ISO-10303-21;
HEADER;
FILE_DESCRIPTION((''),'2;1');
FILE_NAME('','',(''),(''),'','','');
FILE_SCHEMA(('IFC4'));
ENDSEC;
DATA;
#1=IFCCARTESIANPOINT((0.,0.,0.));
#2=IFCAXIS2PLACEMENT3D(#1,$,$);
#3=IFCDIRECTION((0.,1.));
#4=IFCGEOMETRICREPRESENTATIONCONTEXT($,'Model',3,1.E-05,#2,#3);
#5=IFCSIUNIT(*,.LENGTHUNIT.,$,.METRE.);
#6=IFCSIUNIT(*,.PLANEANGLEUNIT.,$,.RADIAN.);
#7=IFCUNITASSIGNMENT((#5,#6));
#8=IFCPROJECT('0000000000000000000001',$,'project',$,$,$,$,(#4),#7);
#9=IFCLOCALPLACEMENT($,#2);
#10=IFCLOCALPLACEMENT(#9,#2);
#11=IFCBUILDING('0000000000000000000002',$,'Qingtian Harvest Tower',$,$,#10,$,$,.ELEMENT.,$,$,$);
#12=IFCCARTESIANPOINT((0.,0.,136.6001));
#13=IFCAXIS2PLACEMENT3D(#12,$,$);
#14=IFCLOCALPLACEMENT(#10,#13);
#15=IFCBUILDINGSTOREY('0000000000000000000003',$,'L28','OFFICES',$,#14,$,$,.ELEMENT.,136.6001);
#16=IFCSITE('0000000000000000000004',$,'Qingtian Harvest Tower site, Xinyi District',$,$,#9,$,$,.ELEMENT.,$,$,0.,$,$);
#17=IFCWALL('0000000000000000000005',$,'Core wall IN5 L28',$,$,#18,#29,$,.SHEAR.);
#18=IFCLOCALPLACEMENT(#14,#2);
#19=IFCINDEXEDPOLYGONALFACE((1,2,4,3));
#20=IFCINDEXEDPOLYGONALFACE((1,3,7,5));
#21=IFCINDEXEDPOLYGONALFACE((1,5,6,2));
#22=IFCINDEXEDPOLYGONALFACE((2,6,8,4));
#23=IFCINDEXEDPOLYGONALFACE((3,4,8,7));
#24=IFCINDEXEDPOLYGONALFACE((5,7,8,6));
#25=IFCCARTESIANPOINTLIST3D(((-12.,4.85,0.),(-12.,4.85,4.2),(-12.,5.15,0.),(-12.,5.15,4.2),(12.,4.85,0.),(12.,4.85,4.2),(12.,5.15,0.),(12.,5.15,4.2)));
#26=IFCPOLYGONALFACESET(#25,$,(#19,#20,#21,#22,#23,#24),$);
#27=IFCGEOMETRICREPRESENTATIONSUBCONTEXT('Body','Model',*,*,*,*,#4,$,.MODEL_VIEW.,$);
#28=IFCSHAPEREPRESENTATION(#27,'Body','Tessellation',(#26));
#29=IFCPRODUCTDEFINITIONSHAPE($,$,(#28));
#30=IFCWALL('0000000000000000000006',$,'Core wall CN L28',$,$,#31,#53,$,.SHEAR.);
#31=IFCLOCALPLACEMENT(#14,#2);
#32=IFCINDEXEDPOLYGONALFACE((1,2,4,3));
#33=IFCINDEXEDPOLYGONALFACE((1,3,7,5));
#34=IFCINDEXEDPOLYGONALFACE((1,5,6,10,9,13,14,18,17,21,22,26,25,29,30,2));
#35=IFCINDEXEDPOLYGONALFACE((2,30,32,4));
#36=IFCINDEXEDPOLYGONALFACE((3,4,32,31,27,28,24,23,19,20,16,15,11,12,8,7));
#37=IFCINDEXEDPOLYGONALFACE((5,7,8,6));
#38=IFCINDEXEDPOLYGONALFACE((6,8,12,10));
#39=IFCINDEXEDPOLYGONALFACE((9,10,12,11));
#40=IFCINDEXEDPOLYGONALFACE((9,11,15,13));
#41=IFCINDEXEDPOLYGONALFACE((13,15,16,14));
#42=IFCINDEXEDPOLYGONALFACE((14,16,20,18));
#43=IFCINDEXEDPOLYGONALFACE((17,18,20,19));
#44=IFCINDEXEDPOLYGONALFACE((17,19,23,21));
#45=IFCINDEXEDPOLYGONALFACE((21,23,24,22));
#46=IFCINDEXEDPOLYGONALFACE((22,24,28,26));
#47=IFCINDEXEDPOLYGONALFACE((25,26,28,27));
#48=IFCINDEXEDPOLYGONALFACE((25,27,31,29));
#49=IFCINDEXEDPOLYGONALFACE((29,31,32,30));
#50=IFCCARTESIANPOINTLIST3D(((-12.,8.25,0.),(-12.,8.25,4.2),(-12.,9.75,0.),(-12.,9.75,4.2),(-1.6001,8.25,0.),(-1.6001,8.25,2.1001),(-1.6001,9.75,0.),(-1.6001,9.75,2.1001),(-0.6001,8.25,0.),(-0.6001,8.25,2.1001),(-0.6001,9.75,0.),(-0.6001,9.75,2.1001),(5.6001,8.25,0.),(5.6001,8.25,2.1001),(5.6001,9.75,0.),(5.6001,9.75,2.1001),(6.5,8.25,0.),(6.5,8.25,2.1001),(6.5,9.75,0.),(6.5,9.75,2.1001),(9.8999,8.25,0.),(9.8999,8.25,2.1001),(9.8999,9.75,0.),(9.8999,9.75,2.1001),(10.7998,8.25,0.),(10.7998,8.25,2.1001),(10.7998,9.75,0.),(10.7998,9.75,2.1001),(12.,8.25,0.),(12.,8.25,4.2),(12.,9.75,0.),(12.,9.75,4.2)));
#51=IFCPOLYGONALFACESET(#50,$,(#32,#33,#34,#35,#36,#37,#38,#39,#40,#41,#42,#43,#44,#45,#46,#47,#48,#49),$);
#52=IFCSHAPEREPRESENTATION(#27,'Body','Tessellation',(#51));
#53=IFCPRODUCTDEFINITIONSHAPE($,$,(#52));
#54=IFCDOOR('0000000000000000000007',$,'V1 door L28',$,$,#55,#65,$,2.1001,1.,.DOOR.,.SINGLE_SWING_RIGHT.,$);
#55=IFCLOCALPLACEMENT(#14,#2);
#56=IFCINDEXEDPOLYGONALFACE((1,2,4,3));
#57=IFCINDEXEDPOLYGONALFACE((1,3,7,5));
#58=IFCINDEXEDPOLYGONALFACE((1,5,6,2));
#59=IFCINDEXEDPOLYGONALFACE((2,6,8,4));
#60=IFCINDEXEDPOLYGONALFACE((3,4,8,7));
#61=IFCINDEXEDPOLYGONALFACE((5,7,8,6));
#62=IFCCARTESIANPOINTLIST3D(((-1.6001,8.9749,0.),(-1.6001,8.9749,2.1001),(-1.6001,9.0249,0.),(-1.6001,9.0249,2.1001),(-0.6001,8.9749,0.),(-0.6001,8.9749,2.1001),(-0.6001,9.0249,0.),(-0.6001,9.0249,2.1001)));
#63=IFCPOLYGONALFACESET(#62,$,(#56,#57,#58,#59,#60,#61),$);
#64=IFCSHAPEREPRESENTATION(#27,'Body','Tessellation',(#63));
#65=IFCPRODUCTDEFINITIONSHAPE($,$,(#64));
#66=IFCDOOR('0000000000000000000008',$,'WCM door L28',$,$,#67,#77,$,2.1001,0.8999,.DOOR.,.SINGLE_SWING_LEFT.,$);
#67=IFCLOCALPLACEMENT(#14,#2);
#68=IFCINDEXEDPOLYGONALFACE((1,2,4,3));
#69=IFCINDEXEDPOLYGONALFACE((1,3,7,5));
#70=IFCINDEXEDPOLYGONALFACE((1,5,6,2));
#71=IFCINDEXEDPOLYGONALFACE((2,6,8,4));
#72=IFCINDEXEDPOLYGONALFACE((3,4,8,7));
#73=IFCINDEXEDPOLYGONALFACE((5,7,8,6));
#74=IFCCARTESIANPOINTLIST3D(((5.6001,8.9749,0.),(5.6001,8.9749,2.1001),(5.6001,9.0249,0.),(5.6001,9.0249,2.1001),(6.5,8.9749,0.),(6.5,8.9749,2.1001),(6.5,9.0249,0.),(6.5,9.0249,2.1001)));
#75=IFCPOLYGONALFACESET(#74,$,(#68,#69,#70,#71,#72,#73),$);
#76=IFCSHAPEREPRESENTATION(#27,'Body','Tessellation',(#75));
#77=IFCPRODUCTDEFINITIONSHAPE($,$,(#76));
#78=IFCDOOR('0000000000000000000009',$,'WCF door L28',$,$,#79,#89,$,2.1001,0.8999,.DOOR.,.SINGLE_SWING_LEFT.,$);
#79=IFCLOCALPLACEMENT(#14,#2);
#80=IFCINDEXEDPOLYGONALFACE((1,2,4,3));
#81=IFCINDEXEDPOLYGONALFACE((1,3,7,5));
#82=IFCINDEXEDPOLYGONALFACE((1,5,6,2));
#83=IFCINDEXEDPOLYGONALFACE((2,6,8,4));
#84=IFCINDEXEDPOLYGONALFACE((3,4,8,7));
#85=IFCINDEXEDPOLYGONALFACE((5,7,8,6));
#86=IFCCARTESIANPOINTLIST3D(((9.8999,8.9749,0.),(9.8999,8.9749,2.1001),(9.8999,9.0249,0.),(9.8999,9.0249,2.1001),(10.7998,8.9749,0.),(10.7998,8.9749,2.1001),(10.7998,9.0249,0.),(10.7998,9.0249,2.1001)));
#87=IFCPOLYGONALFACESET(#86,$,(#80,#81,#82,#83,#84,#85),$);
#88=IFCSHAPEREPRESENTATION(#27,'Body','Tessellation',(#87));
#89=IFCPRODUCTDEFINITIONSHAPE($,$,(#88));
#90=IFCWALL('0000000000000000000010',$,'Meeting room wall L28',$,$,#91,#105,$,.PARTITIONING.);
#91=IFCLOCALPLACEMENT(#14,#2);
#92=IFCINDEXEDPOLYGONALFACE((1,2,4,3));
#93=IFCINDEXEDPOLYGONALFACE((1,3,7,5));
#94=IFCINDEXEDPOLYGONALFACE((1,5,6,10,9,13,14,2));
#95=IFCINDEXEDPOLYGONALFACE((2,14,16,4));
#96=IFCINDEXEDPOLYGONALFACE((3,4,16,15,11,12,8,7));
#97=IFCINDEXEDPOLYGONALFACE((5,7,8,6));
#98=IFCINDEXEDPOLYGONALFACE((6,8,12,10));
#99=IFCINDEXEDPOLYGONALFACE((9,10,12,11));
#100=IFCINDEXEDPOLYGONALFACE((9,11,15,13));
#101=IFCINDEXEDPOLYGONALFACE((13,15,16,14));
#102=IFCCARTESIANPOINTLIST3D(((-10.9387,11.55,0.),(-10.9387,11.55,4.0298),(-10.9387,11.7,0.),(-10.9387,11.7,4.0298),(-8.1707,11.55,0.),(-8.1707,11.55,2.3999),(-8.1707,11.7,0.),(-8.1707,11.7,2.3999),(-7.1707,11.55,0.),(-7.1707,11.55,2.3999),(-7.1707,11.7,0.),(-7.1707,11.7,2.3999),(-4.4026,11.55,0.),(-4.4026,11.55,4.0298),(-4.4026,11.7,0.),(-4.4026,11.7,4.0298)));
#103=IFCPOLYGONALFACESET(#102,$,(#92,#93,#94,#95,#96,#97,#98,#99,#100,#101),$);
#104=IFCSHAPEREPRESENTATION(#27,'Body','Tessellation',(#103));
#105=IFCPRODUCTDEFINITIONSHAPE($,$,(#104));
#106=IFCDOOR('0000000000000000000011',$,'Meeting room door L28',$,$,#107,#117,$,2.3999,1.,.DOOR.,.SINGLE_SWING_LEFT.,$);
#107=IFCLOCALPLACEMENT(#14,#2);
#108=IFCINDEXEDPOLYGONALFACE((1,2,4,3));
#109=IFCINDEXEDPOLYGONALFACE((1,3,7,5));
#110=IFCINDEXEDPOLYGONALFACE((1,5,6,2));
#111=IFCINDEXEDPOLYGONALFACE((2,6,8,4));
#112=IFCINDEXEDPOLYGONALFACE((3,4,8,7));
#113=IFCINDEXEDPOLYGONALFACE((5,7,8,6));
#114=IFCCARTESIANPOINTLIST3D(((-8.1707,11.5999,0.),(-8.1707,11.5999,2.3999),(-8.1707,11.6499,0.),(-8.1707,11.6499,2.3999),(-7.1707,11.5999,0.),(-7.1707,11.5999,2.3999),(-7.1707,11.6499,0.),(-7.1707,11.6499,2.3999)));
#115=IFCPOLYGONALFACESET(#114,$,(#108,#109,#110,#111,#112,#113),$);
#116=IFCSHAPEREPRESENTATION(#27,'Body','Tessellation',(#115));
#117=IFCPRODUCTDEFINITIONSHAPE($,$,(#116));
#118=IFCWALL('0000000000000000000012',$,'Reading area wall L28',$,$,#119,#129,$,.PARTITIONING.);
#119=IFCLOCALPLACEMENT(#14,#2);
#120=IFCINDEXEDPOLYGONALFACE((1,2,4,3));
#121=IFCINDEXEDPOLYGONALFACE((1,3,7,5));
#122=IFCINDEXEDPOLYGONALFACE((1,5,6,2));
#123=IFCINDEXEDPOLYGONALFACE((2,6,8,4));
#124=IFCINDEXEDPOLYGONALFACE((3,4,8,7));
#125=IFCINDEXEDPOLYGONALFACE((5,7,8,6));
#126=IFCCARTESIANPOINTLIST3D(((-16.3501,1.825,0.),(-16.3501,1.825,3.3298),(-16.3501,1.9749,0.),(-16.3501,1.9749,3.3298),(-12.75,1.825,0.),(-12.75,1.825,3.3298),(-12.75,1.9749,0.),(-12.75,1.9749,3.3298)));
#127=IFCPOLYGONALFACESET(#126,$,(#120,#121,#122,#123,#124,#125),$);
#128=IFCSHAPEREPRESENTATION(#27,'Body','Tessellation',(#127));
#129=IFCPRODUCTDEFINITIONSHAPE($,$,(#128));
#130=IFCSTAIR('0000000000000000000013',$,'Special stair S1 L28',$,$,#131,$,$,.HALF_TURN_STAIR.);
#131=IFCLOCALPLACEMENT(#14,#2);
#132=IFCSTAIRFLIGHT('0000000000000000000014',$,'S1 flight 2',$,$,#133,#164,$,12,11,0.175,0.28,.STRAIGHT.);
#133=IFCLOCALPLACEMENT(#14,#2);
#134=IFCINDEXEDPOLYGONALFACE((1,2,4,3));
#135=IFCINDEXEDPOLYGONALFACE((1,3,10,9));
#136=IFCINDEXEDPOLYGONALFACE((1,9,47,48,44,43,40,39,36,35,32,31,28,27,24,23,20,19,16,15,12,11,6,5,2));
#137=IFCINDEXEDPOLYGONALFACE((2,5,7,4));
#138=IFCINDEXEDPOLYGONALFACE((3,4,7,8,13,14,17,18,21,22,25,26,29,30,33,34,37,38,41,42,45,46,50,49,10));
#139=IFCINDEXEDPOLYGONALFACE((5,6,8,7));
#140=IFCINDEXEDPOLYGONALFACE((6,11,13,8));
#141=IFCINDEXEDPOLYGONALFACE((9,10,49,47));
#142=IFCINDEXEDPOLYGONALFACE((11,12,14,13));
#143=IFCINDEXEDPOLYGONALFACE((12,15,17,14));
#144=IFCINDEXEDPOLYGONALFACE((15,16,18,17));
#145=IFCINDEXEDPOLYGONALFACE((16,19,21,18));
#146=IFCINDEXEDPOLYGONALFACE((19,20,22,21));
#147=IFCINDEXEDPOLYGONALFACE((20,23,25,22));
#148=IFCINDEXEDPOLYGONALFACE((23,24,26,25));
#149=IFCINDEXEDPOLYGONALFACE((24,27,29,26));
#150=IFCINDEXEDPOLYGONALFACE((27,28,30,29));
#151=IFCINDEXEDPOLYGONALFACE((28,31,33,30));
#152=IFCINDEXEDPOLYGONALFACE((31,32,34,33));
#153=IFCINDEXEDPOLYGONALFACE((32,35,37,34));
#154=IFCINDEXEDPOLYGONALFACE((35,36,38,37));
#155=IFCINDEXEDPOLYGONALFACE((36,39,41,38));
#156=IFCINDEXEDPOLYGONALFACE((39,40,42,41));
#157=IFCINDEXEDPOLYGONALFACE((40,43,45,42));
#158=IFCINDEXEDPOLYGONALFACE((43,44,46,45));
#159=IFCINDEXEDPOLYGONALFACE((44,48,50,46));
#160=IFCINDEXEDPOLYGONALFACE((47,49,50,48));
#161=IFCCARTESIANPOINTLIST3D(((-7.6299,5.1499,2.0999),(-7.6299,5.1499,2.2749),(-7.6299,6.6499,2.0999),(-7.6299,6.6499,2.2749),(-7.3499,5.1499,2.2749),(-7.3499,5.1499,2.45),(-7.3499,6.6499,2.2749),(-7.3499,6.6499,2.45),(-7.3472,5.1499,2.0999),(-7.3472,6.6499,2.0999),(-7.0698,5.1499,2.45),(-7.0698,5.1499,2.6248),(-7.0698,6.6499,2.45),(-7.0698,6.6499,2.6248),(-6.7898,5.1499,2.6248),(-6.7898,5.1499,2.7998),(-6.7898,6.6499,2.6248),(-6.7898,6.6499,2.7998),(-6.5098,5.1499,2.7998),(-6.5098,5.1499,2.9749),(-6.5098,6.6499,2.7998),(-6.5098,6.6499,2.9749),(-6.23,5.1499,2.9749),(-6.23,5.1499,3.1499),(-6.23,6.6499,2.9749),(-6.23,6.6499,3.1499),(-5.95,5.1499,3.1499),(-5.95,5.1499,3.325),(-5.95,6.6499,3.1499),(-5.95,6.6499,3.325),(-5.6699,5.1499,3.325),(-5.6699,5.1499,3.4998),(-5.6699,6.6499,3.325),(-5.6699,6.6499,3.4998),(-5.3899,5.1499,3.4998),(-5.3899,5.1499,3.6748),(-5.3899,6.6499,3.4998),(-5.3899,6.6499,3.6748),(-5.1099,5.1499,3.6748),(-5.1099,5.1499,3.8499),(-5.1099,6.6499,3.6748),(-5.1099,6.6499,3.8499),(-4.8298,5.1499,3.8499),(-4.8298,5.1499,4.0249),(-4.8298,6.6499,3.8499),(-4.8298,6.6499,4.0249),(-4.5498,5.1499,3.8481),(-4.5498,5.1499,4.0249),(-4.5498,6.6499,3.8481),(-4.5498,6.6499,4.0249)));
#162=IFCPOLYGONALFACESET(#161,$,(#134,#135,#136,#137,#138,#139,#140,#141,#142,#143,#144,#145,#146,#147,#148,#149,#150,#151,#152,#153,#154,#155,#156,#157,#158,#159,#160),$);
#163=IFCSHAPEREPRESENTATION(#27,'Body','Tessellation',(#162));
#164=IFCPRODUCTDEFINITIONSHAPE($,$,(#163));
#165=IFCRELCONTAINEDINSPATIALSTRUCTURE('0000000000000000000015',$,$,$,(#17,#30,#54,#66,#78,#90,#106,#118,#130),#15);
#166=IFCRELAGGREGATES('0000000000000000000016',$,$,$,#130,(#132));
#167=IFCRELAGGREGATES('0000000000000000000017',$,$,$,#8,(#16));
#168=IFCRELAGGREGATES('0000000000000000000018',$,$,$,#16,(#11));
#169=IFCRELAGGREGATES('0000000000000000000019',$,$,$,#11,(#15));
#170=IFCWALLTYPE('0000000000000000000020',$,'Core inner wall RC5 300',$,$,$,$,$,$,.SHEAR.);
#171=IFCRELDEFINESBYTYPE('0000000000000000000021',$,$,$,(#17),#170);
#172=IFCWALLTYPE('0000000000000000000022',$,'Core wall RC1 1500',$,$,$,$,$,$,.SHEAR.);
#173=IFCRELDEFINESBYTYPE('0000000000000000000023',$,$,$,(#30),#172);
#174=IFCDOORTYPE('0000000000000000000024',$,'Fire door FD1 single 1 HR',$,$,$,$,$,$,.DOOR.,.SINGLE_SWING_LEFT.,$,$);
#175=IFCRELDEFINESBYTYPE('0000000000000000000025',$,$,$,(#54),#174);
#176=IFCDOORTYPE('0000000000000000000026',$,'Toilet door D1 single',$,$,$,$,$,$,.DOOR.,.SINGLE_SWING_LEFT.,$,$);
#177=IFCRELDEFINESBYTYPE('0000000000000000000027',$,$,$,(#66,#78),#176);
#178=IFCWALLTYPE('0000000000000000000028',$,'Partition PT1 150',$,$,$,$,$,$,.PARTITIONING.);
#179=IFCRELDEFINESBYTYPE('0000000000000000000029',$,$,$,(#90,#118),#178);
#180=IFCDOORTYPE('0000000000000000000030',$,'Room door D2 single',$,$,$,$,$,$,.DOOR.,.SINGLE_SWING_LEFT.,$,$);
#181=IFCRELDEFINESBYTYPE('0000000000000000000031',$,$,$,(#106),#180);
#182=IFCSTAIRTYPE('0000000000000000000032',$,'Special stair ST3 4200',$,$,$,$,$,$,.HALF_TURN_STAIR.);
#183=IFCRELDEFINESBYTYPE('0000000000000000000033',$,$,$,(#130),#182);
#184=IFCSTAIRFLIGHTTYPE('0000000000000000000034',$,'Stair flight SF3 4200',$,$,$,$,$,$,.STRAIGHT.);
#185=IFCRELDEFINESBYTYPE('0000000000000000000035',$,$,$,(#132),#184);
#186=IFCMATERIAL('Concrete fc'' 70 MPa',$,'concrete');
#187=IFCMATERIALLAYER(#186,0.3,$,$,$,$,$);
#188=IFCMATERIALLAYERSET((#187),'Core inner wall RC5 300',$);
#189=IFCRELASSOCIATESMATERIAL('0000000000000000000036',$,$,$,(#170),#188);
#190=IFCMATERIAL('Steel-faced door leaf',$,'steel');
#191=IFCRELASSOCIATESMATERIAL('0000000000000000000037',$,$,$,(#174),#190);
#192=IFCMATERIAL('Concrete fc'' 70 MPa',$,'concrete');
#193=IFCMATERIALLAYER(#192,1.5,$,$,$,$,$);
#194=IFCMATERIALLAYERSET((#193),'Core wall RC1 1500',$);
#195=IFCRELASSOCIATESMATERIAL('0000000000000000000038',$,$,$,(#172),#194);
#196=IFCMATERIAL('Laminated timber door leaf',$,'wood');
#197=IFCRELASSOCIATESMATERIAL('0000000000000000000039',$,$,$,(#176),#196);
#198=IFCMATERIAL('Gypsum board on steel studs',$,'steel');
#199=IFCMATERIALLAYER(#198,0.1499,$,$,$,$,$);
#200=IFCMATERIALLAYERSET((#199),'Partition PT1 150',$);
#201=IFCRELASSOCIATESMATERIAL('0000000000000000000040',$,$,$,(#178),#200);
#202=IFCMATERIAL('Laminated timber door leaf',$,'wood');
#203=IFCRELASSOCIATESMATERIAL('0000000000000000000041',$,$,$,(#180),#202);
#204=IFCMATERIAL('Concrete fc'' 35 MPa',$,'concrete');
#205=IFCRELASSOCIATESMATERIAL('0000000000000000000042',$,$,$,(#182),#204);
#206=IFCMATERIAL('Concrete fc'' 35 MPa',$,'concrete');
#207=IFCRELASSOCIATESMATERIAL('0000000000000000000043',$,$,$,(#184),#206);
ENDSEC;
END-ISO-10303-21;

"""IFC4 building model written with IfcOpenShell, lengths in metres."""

from ifc_helpers import new_model, si_unit, direction, frame, frame_2d, origin, place, context, subcontext, project, spatial, polyline, rectangle, outline, extrude, material, layer, layer_set, type_object, element, fill, aggregate, save


model = new_model("IFC4")

# Units and contexts
model_context = context("Model", 3, precision=1e-05, world=origin(), true_north=direction((0.0, 1.0)))
body_context = subcontext(model_context, "Body", "Model", "MODEL_VIEW")
ifc_project = project(units=[si_unit("LENGTHUNIT", "METRE"), si_unit("PLANEANGLEUNIT", "RADIAN")], contexts=[model_context])

# Site, building, storey
site_placement = place(None, origin())
site = spatial("IfcSite", under=ifc_project, at=site_placement, Name="Qingtian Harvest Tower site, Xinyi District", CompositionType="ELEMENT", RefElevation=0.0)
building_placement = place(site_placement, origin())
building = spatial("IfcBuilding", under=site, at=building_placement, Name="Qingtian Harvest Tower", CompositionType="ELEMENT")
storey_placement = place(building_placement, frame((0.0, 0.0, 136.6001)))
storey = spatial("IfcBuildingStorey", under=building, at=storey_placement, Name="L28", Description="OFFICES", CompositionType="ELEMENT", Elevation=136.6001)

# Wall
ifc_material_1 = material(Name="Concrete fc' 70 MPa", Category="concrete")
ifc_layer_1 = layer(ifc_material_1, 0.3)
ifc_layer_set_1 = layer_set([ifc_layer_1], Name="Core inner wall RC5 300")
wall_type_1 = type_object("IfcWallType", Name="Core inner wall RC5 300", PredefinedType="SHEAR", material=ifc_layer_set_1)
wall_1_placement = place(storey_placement, frame((-12.0, 5.0, 0.0), z_axis=(0.0, 0.0, 1.0), x_axis=(1.0, 0.0, 0.0)))
element("IfcWall", 1, at=wall_1_placement, inside=storey, type_object=wall_type_1, Name="Core wall IN5 L28", PredefinedType="SHEAR", context=body_context, shape_type="SweptSolid", body=[
    extrude(rectangle(XDim=24.0, YDim=0.3, at=frame_2d((12.0, 0.0))), origin(), (0.0, 0.0, 1.0), 4.2),
])

# Wall, openings, doors
ifc_material_2 = material(Name="Steel-faced door leaf", Category="steel")
door_type_1 = type_object("IfcDoorType", Name="Fire door FD1 single 1 HR", OperationType="SINGLE_SWING_LEFT", PredefinedType="DOOR", material=ifc_material_2)
ifc_material_3 = material(Name="Concrete fc' 70 MPa", Category="concrete")
ifc_layer_2 = layer(ifc_material_3, 1.5)
ifc_layer_set_2 = layer_set([ifc_layer_2], Name="Core wall RC1 1500")
wall_type_2 = type_object("IfcWallType", Name="Core wall RC1 1500", PredefinedType="SHEAR", material=ifc_layer_set_2)
wall_2_placement = place(storey_placement, frame((-12.0, 9.0, 0.0), z_axis=(0.0, 0.0, 1.0), x_axis=(1.0, 0.0, 0.0)))
wall_2 = element("IfcWall", 2, at=wall_2_placement, inside=storey, type_object=wall_type_2, Name="Core wall CN L28", PredefinedType="SHEAR", context=body_context, shape_type="SweptSolid", body=[
    extrude(rectangle(XDim=24.0, YDim=1.5, at=frame_2d((12.0, 0.0))), origin(), (0.0, 0.0, 1.0), 4.2),
])
opening_1_placement = place(wall_2_placement, frame((10.3999, 0.0, 0.0)))
opening_1 = element("IfcOpeningElement", 3, at=opening_1_placement, cuts=wall_2, PredefinedType="OPENING", context=body_context, shape_type="SweptSolid", body=[
    extrude(rectangle(XDim=1.0, YDim=2.1001, at=frame_2d((0.5, 1.05))), frame((0.0, 0.76, 0.0), z_axis=(0.0, -1.0, 0.0), x_axis=(1.0, 0.0, 0.0)), (0.0, 0.0, 1.0), 1.52),
])
opening_2_placement = place(wall_2_placement, frame((17.6001, 0.0, 0.0)))
opening_2 = element("IfcOpeningElement", 4, at=opening_2_placement, cuts=wall_2, PredefinedType="OPENING", context=body_context, shape_type="SweptSolid", body=[
    extrude(rectangle(XDim=0.8999, YDim=2.1001, at=frame_2d((0.45, 1.05))), frame((0.0, 0.76, 0.0), z_axis=(0.0, -1.0, 0.0), x_axis=(1.0, 0.0, 0.0)), (0.0, 0.0, 1.0), 1.52),
])
opening_3_placement = place(wall_2_placement, frame((21.8999, 0.0, 0.0)))
opening_3 = element("IfcOpeningElement", 5, at=opening_3_placement, cuts=wall_2, PredefinedType="OPENING", context=body_context, shape_type="SweptSolid", body=[
    extrude(rectangle(XDim=0.8999, YDim=2.1001, at=frame_2d((0.45, 1.05))), frame((0.0, 0.76, 0.0), z_axis=(0.0, -1.0, 0.0), x_axis=(1.0, 0.0, 0.0)), (0.0, 0.0, 1.0), 1.52),
])
door_1_placement = place(opening_1_placement, origin())
door_1 = element("IfcDoor", 6, at=door_1_placement, inside=storey, type_object=door_type_1, Name="V1 door L28", OperationType="SINGLE_SWING_RIGHT", OverallHeight=2.1001, OverallWidth=1.0, PredefinedType="DOOR", context=body_context, shape_type="SweptSolid", body=[
    extrude(rectangle(XDim=1.0, YDim=2.1001, at=frame_2d((0.5, 1.05))), frame((0.0, 0.0249, 0.0), z_axis=(0.0, -1.0, 0.0), x_axis=(1.0, 0.0, 0.0)), (0.0, 0.0, 1.0), 0.05),
])
fill(opening_1, door_1)
ifc_material_4 = material(Name="Laminated timber door leaf", Category="wood")
door_type_2 = type_object("IfcDoorType", Name="Toilet door D1 single", OperationType="SINGLE_SWING_LEFT", PredefinedType="DOOR", material=ifc_material_4)
door_2_placement = place(opening_2_placement, origin())
door_2 = element("IfcDoor", 7, at=door_2_placement, inside=storey, type_object=door_type_2, Name="WCM door L28", OperationType="SINGLE_SWING_LEFT", OverallHeight=2.1001, OverallWidth=0.8999, PredefinedType="DOOR", context=body_context, shape_type="SweptSolid", body=[
    extrude(rectangle(XDim=0.8999, YDim=2.1001, at=frame_2d((0.45, 1.05))), frame((0.0, 0.0249, 0.0), z_axis=(0.0, -1.0, 0.0), x_axis=(1.0, 0.0, 0.0)), (0.0, 0.0, 1.0), 0.05),
])
fill(opening_2, door_2)
door_3_placement = place(opening_3_placement, origin())
door_3 = element("IfcDoor", 8, at=door_3_placement, inside=storey, type_object=door_type_2, Name="WCF door L28", OperationType="SINGLE_SWING_LEFT", OverallHeight=2.1001, OverallWidth=0.8999, PredefinedType="DOOR", context=body_context, shape_type="SweptSolid", body=[
    extrude(rectangle(XDim=0.8999, YDim=2.1001, at=frame_2d((0.45, 1.05))), frame((0.0, 0.0249, 0.0), z_axis=(0.0, -1.0, 0.0), x_axis=(1.0, 0.0, 0.0)), (0.0, 0.0, 1.0), 0.05),
])
fill(opening_3, door_3)

# Wall, opening, door
ifc_material_5 = material(Name="Gypsum board on steel studs", Category="steel")
ifc_layer_3 = layer(ifc_material_5, 0.1499)
ifc_layer_set_3 = layer_set([ifc_layer_3], Name="Partition PT1 150")
wall_type_3 = type_object("IfcWallType", Name="Partition PT1 150", PredefinedType="PARTITIONING", material=ifc_layer_set_3)
wall_3_placement = place(storey_placement, frame((-10.9387, 11.625, 0.0), z_axis=(0.0, 0.0, 1.0), x_axis=(1.0, 0.0, 0.0)))
wall_3 = element("IfcWall", 9, at=wall_3_placement, inside=storey, type_object=wall_type_3, Name="Meeting room wall L28", PredefinedType="PARTITIONING", context=body_context, shape_type="SweptSolid", body=[
    extrude(rectangle(XDim=6.5361, YDim=0.1499, at=frame_2d((3.2681, 0.0))), origin(), (0.0, 0.0, 1.0), 4.0298),
])
opening_4_placement = place(wall_3_placement, frame((2.7681, 0.0, 0.0)))
opening_4 = element("IfcOpeningElement", 10, at=opening_4_placement, cuts=wall_3, PredefinedType="OPENING", context=body_context, shape_type="SweptSolid", body=[
    extrude(rectangle(XDim=1.0, YDim=2.3999, at=frame_2d((0.5, 1.2))), frame((0.0, 0.085, 0.0), z_axis=(0.0, -1.0, 0.0), x_axis=(1.0, 0.0, 0.0)), (0.0, 0.0, 1.0), 0.1699),
])
ifc_material_6 = material(Name="Laminated timber door leaf", Category="wood")
door_type_3 = type_object("IfcDoorType", Name="Room door D2 single", OperationType="SINGLE_SWING_LEFT", PredefinedType="DOOR", material=ifc_material_6)
door_4_placement = place(opening_4_placement, origin())
door_4 = element("IfcDoor", 11, at=door_4_placement, inside=storey, type_object=door_type_3, Name="Meeting room door L28", OperationType="SINGLE_SWING_LEFT", OverallHeight=2.3999, OverallWidth=1.0, PredefinedType="DOOR", context=body_context, shape_type="SweptSolid", body=[
    extrude(rectangle(XDim=1.0, YDim=2.3999, at=frame_2d((0.5, 1.2))), frame((0.0, 0.0249, 0.0), z_axis=(0.0, -1.0, 0.0), x_axis=(1.0, 0.0, 0.0)), (0.0, 0.0, 1.0), 0.05),
])
fill(opening_4, door_4)

# Wall
wall_4_placement = place(storey_placement, frame((-12.75, 1.8999, 0.0), z_axis=(0.0, 0.0, 1.0), x_axis=(-1.0, 0.0, 0.0)))
element("IfcWall", 12, at=wall_4_placement, inside=storey, type_object=wall_type_3, Name="Reading area wall L28", PredefinedType="PARTITIONING", context=body_context, shape_type="SweptSolid", body=[
    extrude(rectangle(XDim=3.6001, YDim=0.1499, at=frame_2d((1.8, 0.0))), origin(), (0.0, 0.0, 1.0), 3.3298),
])

# Stair, stair flight
ifc_material_7 = material(Name="Concrete fc' 35 MPa", Category="concrete")
stair_type = type_object("IfcStairType", Name="Special stair ST3 4200", PredefinedType="HALF_TURN_STAIR", material=ifc_material_7)
stair_placement = place(storey_placement, origin())
stair = element("IfcStair", 13, at=stair_placement, inside=storey, type_object=stair_type, Name="Special stair S1 L28", PredefinedType="HALF_TURN_STAIR")
ifc_material_8 = material(Name="Concrete fc' 35 MPa", Category="concrete")
stair_flight_type = type_object("IfcStairFlightType", Name="Stair flight SF3 4200", PredefinedType="STRAIGHT", material=ifc_material_8)
stair_flight_placement = place(storey_placement, frame((-7.6299, 5.8999, 2.0999), z_axis=(0.0, 0.0, 1.0), x_axis=(1.0, 0.0, 0.0)))
stair_flight = element("IfcStairFlight", 14, at=stair_flight_placement, type_object=stair_flight_type, Name="S1 flight 2", NumberOfRisers=12, NumberOfTreads=11, PredefinedType="STRAIGHT", RiserHeight=0.175, TreadLength=0.28, context=body_context, shape_type="SweptSolid", body=[
    extrude(outline(polyline([(0.0, 0.0), (0.0, 0.175), (0.28, 0.175), (0.28, 0.3501), (0.5601, 0.3501), (0.5601, 0.5249), (0.8401, 0.5249), (0.8401, 0.7), (1.1201, 0.7), (1.1201, 0.875), (1.3999, 0.875), (1.3999, 1.05), (1.6799, 1.05), (1.6799, 1.2251), (1.96, 1.2251), (1.96, 1.3999), (2.24, 1.3999), (2.24, 1.575), (2.52, 1.575), (2.52, 1.75), (2.8, 1.75), (2.8, 1.925), (3.0801, 1.925), (3.0801, 2.1001), (3.0801, 1.7483), (0.2827, 0.0), (0.0, 0.0)])), frame((0.0, 0.75, 0.0), z_axis=(0.0, -1.0, 0.0), x_axis=(1.0, 0.0, 0.0)), (0.0, 0.0, 1.0), 1.5),
])
aggregate(stair, [stair_flight])

save(model, "model.ifc")
